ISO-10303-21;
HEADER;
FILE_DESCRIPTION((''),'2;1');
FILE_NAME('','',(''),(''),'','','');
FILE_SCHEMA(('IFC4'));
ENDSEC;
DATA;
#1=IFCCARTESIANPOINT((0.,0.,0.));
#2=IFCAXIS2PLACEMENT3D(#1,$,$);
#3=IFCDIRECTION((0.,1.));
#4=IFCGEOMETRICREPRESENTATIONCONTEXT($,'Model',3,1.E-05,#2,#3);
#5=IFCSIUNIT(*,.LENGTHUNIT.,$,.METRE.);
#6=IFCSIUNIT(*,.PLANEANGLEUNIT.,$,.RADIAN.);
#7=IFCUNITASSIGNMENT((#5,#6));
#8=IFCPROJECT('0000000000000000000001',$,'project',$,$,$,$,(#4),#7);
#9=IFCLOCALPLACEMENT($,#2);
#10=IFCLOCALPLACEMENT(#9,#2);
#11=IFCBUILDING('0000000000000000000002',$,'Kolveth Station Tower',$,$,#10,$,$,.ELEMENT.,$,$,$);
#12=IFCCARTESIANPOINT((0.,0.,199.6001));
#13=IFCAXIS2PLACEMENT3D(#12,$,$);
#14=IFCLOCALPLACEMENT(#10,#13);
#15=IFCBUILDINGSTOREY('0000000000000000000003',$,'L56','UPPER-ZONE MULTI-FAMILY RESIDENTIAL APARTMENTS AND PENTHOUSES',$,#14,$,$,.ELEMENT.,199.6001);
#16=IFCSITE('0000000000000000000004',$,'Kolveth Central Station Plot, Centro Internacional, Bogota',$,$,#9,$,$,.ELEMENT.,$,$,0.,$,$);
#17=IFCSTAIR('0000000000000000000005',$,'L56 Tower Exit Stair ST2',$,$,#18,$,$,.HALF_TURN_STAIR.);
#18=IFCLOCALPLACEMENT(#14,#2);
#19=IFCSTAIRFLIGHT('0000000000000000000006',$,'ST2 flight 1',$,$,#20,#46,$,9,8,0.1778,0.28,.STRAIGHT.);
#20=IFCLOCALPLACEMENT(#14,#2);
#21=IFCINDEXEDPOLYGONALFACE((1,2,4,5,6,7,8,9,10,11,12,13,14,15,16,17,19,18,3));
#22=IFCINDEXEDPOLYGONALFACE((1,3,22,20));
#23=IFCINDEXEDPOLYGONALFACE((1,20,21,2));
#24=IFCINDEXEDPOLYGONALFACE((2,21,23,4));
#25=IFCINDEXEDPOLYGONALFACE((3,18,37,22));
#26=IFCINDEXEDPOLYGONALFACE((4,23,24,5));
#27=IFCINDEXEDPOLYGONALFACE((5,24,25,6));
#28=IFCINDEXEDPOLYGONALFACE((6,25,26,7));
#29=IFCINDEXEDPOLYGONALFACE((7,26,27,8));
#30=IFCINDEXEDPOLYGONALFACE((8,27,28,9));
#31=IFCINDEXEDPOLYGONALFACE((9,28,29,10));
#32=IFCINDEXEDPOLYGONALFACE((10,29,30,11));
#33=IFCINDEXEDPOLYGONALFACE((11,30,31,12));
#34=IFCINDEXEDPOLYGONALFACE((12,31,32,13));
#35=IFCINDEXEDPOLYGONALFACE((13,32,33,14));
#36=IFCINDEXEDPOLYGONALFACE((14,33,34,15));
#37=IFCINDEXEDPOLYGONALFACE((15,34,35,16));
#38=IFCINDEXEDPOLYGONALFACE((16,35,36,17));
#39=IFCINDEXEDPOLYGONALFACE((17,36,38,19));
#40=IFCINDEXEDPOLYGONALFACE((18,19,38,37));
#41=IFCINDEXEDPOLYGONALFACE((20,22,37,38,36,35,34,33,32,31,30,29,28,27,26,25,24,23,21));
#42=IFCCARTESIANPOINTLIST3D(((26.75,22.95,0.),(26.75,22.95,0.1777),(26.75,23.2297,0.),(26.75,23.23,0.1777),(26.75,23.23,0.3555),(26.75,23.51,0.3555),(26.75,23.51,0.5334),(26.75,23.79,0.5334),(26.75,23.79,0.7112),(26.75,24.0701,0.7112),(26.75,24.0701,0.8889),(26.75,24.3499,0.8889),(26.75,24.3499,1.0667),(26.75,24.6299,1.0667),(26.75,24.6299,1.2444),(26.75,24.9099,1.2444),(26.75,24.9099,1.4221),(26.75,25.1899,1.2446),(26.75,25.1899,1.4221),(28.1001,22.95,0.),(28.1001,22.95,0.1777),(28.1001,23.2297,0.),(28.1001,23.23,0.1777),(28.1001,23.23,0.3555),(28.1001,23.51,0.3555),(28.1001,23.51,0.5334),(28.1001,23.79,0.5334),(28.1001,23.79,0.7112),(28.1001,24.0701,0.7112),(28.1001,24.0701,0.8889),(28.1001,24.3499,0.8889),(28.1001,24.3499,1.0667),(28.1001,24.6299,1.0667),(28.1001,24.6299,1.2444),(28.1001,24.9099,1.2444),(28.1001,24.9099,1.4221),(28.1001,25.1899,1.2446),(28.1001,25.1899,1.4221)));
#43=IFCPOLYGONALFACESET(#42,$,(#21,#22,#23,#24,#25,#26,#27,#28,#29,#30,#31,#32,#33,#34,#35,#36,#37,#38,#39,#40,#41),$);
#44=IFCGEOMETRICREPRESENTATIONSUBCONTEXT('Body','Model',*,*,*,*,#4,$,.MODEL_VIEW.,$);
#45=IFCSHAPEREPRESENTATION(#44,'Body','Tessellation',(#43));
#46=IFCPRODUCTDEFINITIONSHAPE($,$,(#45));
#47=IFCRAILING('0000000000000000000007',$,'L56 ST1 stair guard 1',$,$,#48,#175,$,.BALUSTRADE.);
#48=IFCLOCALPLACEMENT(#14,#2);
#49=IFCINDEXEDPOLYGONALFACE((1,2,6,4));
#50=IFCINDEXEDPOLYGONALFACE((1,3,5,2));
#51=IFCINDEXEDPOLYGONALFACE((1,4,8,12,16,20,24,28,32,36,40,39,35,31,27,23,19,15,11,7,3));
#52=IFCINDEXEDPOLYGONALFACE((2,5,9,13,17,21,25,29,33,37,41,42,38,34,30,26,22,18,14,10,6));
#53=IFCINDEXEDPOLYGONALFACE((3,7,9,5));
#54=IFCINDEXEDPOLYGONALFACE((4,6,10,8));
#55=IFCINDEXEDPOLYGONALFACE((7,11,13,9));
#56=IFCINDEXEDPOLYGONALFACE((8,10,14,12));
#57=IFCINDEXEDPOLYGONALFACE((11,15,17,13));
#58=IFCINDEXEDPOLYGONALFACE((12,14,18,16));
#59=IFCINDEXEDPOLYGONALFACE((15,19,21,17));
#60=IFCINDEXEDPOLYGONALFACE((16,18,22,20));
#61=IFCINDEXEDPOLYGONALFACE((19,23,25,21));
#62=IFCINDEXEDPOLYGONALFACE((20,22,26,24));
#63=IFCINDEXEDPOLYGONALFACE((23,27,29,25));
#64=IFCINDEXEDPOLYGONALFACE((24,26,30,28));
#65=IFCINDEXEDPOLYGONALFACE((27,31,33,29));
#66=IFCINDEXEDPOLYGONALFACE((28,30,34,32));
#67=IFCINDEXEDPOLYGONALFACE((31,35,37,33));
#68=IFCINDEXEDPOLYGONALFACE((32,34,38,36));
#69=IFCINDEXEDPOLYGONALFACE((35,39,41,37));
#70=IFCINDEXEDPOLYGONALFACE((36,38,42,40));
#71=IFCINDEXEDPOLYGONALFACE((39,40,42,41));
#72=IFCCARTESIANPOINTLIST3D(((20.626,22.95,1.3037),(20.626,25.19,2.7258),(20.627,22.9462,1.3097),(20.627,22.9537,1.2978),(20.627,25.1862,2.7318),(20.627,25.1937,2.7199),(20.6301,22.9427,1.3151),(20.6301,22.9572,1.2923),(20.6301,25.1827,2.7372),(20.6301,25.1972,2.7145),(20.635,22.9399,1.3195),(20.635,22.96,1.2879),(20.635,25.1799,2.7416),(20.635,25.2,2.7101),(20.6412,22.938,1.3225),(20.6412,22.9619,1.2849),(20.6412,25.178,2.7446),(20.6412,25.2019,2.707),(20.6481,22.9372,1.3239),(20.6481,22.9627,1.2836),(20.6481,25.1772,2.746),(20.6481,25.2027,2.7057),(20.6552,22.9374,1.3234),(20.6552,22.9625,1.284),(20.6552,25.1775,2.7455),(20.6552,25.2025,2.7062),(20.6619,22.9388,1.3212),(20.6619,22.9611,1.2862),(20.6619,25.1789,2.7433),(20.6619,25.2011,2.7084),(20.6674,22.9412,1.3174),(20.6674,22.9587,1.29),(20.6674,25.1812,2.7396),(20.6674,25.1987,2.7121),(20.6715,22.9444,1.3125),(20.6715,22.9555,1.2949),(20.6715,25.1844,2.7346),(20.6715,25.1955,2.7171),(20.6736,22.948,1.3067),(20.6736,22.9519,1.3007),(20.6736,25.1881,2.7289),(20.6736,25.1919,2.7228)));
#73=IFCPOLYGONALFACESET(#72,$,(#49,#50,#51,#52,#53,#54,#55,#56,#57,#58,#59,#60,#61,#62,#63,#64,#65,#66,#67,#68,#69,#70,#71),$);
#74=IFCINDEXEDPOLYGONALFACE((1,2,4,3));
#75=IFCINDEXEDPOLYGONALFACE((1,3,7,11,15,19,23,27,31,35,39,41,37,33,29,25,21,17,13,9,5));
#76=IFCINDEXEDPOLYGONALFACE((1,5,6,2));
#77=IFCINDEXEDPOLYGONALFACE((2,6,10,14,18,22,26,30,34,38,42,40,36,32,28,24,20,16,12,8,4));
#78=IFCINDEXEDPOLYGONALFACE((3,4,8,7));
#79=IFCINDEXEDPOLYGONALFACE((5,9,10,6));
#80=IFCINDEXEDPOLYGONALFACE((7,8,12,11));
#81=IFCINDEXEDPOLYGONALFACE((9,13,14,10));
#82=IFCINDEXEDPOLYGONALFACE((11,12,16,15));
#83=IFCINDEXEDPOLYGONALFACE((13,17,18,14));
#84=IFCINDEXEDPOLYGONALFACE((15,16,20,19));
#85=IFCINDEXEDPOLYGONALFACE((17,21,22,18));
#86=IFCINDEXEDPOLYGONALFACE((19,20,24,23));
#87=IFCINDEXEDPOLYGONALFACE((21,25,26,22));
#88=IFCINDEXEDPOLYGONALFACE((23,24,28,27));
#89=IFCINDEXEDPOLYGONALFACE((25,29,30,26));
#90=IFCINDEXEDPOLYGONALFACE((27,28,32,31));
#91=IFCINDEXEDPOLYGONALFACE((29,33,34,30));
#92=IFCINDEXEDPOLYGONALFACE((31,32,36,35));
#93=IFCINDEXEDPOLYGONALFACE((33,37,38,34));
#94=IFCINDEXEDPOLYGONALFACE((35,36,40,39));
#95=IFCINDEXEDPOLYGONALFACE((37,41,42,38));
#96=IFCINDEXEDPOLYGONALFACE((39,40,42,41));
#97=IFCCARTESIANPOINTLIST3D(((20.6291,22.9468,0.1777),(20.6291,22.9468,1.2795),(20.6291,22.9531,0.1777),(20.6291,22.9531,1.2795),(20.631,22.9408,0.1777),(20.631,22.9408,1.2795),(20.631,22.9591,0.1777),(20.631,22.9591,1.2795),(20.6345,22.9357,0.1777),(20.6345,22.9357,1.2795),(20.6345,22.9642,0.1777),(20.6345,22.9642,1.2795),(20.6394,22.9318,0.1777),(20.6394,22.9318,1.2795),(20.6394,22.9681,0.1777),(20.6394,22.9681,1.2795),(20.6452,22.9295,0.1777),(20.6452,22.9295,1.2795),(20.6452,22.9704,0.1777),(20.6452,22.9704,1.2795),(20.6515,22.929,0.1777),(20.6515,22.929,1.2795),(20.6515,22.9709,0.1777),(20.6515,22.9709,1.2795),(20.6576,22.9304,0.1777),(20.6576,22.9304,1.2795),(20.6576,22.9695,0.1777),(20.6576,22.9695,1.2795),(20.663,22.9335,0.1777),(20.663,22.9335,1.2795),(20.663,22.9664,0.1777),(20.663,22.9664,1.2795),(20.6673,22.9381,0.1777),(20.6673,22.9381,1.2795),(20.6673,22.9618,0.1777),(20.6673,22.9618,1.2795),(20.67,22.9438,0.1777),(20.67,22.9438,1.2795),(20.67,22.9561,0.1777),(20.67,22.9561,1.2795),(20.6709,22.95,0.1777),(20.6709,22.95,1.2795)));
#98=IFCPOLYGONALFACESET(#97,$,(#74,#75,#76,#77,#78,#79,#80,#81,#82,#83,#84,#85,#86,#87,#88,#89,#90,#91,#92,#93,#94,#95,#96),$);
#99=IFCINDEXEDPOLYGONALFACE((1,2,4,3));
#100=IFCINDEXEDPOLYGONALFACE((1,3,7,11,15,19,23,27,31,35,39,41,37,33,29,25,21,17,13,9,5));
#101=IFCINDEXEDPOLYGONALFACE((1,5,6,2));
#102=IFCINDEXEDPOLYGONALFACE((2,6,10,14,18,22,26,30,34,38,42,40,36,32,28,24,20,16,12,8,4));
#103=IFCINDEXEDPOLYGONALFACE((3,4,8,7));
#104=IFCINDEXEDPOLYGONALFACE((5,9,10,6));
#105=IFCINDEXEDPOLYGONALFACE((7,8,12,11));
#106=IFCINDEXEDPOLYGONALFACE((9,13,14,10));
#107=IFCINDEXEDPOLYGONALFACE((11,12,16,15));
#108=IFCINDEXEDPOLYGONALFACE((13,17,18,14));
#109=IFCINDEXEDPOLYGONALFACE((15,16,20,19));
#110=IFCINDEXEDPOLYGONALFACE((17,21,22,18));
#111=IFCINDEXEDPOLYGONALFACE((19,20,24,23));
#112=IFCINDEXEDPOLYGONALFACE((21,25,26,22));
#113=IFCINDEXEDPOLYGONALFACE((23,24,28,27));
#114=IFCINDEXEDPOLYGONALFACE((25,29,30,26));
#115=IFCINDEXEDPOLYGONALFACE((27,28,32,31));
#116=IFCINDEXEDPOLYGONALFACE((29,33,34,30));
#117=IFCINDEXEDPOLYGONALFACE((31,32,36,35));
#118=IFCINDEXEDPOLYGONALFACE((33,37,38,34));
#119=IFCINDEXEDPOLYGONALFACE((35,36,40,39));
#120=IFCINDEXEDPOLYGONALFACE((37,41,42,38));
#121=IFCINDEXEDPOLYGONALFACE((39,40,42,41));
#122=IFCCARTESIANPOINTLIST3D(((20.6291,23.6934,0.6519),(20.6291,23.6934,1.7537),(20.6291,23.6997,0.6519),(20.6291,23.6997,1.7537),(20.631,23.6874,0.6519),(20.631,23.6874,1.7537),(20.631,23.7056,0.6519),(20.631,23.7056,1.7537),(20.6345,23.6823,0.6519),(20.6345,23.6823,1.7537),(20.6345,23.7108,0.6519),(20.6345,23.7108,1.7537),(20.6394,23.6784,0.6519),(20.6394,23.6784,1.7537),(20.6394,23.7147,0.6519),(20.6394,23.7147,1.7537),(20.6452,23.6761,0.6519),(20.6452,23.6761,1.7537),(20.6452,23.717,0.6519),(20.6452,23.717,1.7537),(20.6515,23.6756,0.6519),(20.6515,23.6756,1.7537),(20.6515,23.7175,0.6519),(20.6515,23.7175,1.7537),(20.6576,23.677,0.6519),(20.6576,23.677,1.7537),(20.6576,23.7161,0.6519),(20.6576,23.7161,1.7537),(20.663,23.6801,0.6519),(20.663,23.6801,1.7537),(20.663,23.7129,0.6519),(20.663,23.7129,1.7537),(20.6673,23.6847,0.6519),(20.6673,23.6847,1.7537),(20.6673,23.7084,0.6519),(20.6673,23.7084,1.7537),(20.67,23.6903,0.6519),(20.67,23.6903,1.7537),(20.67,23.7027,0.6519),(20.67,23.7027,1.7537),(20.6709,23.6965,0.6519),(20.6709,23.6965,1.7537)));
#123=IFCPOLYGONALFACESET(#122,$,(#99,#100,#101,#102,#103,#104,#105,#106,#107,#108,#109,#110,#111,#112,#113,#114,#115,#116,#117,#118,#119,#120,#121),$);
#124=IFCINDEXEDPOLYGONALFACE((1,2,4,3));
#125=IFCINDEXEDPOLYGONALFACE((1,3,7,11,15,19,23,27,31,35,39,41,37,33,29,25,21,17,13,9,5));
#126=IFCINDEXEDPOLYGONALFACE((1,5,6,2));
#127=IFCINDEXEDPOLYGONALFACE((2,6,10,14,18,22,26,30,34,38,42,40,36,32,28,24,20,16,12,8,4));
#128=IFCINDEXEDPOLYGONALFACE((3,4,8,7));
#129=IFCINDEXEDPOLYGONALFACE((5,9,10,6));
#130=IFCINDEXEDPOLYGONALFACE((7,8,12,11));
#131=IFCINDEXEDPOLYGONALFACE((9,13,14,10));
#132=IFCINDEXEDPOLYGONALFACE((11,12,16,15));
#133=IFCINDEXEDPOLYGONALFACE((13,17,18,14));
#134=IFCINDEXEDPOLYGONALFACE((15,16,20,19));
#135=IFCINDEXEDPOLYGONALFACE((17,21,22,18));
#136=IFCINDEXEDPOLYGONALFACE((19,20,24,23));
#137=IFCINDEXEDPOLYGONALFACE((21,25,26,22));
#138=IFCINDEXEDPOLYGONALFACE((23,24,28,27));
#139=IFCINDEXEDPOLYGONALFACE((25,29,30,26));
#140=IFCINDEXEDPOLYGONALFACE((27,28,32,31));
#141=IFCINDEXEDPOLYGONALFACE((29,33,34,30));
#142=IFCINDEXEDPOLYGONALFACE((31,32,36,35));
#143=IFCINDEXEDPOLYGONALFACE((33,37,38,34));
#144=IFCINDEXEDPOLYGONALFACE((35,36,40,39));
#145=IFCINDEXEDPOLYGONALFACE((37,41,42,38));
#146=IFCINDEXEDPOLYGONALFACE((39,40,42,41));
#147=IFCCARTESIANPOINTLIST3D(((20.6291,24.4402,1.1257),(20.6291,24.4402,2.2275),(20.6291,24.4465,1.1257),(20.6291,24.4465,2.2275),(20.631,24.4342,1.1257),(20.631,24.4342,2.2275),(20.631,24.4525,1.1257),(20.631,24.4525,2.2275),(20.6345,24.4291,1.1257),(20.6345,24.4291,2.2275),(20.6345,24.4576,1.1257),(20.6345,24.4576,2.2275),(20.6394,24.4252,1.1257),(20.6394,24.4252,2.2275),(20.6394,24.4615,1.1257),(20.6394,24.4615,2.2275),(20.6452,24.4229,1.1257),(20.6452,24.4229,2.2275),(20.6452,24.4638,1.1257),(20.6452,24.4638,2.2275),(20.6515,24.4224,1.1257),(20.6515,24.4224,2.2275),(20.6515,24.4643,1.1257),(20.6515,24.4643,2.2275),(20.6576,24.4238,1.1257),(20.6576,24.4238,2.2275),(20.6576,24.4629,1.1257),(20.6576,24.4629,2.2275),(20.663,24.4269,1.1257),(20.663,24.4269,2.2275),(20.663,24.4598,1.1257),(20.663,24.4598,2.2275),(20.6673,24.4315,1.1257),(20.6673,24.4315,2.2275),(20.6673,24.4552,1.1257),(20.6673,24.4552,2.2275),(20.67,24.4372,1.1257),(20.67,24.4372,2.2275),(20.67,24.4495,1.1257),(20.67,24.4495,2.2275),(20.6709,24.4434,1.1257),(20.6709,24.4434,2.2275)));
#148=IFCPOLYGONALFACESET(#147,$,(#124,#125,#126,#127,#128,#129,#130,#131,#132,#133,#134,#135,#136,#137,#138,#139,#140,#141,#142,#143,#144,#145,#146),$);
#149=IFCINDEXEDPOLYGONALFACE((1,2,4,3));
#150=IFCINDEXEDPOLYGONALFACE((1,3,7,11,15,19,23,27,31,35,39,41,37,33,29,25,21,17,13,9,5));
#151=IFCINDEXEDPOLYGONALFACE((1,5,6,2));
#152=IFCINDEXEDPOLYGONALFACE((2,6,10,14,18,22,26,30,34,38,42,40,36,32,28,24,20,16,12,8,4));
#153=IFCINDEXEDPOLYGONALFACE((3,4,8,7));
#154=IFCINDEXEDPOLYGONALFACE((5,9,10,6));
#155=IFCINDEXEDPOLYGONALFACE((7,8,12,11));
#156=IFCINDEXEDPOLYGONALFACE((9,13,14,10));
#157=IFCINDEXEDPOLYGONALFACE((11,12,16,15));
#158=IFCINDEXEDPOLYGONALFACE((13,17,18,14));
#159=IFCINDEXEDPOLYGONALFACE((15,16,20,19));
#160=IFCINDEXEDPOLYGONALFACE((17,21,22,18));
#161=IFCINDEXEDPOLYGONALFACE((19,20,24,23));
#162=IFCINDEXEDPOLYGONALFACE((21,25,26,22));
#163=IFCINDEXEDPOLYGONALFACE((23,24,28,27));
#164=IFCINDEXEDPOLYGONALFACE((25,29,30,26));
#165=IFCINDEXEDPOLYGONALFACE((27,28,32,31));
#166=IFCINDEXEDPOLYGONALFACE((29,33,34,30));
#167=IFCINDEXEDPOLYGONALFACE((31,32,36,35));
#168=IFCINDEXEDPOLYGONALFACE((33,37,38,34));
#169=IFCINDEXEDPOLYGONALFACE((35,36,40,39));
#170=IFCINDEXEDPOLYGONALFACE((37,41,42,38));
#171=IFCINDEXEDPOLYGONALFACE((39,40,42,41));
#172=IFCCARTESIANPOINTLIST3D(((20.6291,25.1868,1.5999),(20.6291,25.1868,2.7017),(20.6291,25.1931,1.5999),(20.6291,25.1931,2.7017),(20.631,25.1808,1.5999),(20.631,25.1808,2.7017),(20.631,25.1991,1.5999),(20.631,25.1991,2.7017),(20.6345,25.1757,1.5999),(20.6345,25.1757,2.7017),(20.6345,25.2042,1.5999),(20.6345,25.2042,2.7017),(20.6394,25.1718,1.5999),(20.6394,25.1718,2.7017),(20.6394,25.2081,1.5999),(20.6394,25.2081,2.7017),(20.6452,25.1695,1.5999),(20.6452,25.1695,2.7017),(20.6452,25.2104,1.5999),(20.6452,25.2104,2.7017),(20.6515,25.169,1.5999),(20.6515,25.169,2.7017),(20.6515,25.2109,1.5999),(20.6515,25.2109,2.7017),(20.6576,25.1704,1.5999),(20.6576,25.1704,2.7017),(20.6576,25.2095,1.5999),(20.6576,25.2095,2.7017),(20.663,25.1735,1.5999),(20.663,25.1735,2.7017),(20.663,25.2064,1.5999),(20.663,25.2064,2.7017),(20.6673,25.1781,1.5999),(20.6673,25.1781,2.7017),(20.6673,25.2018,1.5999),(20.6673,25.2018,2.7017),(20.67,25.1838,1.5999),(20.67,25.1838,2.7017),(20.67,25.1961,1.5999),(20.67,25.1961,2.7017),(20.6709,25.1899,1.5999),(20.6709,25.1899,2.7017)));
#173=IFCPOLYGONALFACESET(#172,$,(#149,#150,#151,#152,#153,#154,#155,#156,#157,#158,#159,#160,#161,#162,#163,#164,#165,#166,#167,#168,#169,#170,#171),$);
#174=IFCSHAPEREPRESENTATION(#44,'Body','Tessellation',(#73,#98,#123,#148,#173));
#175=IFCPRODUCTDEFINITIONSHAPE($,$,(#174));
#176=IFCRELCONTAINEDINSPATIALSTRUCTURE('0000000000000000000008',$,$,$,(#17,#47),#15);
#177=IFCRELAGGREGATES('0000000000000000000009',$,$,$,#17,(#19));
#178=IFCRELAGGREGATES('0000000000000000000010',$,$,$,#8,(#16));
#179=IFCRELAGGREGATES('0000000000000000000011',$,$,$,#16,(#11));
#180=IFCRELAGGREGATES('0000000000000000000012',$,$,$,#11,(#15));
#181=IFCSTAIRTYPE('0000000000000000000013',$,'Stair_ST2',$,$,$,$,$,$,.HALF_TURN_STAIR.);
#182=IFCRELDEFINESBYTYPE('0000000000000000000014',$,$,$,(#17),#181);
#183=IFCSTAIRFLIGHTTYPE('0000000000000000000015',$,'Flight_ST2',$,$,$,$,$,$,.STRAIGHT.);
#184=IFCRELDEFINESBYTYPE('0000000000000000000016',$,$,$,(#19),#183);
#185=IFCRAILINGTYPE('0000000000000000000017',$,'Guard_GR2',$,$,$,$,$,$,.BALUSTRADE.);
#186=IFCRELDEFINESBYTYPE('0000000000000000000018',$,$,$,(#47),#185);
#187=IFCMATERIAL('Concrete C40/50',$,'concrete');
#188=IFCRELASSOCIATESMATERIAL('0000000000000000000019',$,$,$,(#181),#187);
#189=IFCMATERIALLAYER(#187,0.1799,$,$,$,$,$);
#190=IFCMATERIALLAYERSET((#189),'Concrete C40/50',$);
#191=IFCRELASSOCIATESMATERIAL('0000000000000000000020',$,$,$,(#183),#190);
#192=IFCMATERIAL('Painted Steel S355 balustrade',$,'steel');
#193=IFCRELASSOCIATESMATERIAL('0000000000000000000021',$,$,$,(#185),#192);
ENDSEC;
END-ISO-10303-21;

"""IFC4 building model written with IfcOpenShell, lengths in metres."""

from ifc_helpers import new_model, si_unit, direction, frame, origin, origin_2d, place, context, subcontext, project, spatial, polyline, circle, outline, extrude, material, layer, layer_set, type_object, element, aggregate, save


model = new_model("IFC4")

# Units and contexts
model_context = context("Model", 3, precision=1e-05, world=origin(), true_north=direction((0.0, 1.0)))
body_context = subcontext(model_context, "Body", "Model", "MODEL_VIEW")
ifc_project = project(units=[si_unit("LENGTHUNIT", "METRE"), si_unit("PLANEANGLEUNIT", "RADIAN")], contexts=[model_context])

# Site, building, storey
site_placement = place(None, origin())
site = spatial("IfcSite", under=ifc_project, at=site_placement, Name="Kolveth Central Station Plot, Centro Internacional, Bogota", CompositionType="ELEMENT", RefElevation=0.0)
building_placement = place(site_placement, origin())
building = spatial("IfcBuilding", under=site, at=building_placement, Name="Kolveth Station Tower", CompositionType="ELEMENT")
storey_placement = place(building_placement, frame((0.0, 0.0, 199.6001)))
storey = spatial("IfcBuildingStorey", under=building, at=storey_placement, Name="L56", Description="UPPER-ZONE MULTI-FAMILY RESIDENTIAL APARTMENTS AND PENTHOUSES", CompositionType="ELEMENT", Elevation=199.6001)

# Shared definitions
ifc_material_1 = material(Name="Concrete C40/50", Category="concrete")

# Stair, stair flight
stair_type_1 = type_object("IfcStairType", Name="Stair_ST2", PredefinedType="HALF_TURN_STAIR", material=ifc_material_1)
stair_1_placement = place(storey_placement, origin())
stair_1 = element("IfcStair", 1, at=stair_1_placement, inside=storey, type_object=stair_type_1, Name="L56 Tower Exit Stair ST2", PredefinedType="HALF_TURN_STAIR")
ifc_layer_1 = layer(ifc_material_1, 0.1799)
ifc_layer_set_1 = layer_set([ifc_layer_1], Name="Concrete C40/50")
stair_flight_type_1 = type_object("IfcStairFlightType", Name="Flight_ST2", PredefinedType="STRAIGHT", material=ifc_layer_set_1)
stair_flight_1_placement = place(storey_placement, frame((27.425, 22.95, 0.0), z_axis=(0.0, 0.0, 1.0), x_axis=(0.0, 1.0, 0.0)))
stair_flight_1 = element("IfcStairFlight", 2, at=stair_flight_1_placement, type_object=stair_flight_type_1, Name="ST2 flight 1", NumberOfRisers=9, NumberOfTreads=8, PredefinedType="STRAIGHT", RiserHeight=0.1778, TreadLength=0.28, context=body_context, shape_type="SweptSolid", body=[
    extrude(outline(polyline([(0.0, 0.0), (0.0, 0.1777), (0.28, 0.1777), (0.28, 0.3555), (0.5601, 0.3555), (0.5601, 0.5334), (0.8401, 0.5334), (0.8401, 0.7112), (1.1201, 0.7112), (1.1201, 0.8889), (1.3999, 0.8889), (1.3999, 1.0667), (1.6799, 1.0667), (1.6799, 1.2444), (1.96, 1.2444), (1.96, 1.4221), (2.24, 1.4221), (2.24, 1.6001), (2.24, 1.2446), (0.2798, 0.0), (0.0, 0.0)])), frame((0.0, 0.675, 0.0), z_axis=(0.0, -1.0, 0.0), x_axis=(1.0, 0.0, 0.0)), (0.0, 0.0, 1.0), 1.3501),
])
aggregate(stair_1, [stair_flight_1])

# Railing
ifc_material_2 = material(Name="Painted Steel S355 balustrade", Category="steel")
railing_type_1 = type_object("IfcRailingType", Name="Guard_GR2", PredefinedType="BALUSTRADE", material=ifc_material_2)
for number, where, name in (
    (3, (20.6499, 22.95, 0.1777), "L56 ST1 stair guard 1"),
):
    element("IfcRailing", number, at=place(storey_placement, frame(where)), inside=storey, type_object=railing_type_1, Name=name, PredefinedType="BALUSTRADE", context=body_context, shape_type="SweptSolid", body=[
        extrude(circle(Radius=0.0239, at=origin_2d()), frame((0.0, 0.0, 1.126), z_axis=(0.0, 0.844229, 0.535982), x_axis=(-1.0, 0.0, 0.0)), (0.0, 0.0, 1.0), 2.6533),
        extrude(circle(Radius=0.021, at=origin_2d()), origin(), (0.0, 0.0, 1.0), 1.1018),
        extrude(circle(Radius=0.021, at=origin_2d()), frame((0.0, 0.7466, 0.4741)), (0.0, 0.0, 1.0), 1.1018),
        extrude(circle(Radius=0.021, at=origin_2d()), frame((0.0, 1.4934, 0.948)), (0.0, 0.0, 1.0), 1.1018),
        extrude(circle(Radius=0.021, at=origin_2d()), frame((0.0, 2.24, 1.4221)), (0.0, 0.0, 1.0), 1.1018),
    ])

save(model, "model.ifc")
